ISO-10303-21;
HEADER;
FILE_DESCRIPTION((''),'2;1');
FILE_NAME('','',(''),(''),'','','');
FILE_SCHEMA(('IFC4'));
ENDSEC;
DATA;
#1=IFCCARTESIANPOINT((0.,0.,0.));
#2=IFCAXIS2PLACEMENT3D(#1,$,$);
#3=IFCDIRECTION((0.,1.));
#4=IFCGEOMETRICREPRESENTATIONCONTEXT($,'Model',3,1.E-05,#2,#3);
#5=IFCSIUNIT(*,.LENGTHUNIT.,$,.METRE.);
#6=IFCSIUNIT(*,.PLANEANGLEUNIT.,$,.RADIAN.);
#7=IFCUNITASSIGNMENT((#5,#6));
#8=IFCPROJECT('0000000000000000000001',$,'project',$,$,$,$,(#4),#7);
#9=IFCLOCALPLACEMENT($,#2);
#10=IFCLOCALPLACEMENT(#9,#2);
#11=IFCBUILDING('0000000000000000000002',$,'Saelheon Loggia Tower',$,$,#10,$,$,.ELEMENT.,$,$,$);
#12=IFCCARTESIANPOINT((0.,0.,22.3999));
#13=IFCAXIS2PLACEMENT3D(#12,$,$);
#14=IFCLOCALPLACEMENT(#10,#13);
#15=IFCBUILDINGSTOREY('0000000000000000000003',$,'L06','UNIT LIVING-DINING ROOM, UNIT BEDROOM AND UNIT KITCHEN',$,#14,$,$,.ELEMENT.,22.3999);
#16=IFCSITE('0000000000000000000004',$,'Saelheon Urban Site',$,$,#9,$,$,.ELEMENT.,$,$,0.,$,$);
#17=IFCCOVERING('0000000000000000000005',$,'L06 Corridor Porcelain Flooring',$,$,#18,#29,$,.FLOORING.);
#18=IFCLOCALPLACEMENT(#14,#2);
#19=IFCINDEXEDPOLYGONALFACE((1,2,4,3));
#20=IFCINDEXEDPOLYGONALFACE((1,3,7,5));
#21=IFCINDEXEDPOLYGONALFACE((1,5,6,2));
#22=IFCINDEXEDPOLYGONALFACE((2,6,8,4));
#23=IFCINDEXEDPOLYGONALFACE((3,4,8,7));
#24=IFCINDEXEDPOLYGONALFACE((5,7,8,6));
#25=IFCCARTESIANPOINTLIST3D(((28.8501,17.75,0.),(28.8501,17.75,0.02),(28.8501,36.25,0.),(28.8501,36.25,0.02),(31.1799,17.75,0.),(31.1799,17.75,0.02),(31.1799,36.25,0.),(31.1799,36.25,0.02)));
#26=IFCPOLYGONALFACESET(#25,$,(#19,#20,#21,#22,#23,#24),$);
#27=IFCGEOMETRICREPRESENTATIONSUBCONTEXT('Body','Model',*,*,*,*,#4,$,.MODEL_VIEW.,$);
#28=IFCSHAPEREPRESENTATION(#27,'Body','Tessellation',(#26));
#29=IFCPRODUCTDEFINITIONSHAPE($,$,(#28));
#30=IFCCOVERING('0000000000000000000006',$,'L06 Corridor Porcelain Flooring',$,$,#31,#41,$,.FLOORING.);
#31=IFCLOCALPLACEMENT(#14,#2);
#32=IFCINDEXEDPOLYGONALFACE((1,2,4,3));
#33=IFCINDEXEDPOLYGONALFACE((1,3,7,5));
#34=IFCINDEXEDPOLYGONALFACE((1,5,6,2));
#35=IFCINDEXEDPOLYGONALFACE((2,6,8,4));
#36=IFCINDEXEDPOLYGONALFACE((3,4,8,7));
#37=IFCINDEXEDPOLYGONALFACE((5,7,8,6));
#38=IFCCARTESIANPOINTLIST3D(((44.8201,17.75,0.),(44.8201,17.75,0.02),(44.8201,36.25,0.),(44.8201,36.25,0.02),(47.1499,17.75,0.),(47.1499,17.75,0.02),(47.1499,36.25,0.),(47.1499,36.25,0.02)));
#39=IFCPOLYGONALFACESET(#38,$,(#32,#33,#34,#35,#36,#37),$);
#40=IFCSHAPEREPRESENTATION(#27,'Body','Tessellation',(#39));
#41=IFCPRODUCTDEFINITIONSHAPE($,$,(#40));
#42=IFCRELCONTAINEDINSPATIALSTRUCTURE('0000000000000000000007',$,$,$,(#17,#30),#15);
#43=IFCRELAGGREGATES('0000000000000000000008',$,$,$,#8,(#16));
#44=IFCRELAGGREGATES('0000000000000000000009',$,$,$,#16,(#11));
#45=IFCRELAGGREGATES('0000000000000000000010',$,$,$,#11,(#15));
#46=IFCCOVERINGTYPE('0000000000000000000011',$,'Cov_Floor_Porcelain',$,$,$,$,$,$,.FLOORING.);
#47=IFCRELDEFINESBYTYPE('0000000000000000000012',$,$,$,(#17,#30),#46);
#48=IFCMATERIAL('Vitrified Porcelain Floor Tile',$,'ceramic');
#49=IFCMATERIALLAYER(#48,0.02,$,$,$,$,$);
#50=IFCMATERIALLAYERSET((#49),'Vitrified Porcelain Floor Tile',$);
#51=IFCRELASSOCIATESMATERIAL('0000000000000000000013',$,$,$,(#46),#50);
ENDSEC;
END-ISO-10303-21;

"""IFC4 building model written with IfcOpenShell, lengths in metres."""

from ifc_helpers import new_model, si_unit, direction, frame, origin, place, context, subcontext, project, spatial, polyline, outline, extrude, material, layer, layer_set, type_object, element, save


model = new_model("IFC4")

# Units and contexts
model_context = context("Model", 3, precision=1e-05, world=origin(), true_north=direction((0.0, 1.0)))
body_context = subcontext(model_context, "Body", "Model", "MODEL_VIEW")
ifc_project = project(units=[si_unit("LENGTHUNIT", "METRE"), si_unit("PLANEANGLEUNIT", "RADIAN")], contexts=[model_context])

# Site, building, storey
site_placement = place(None, origin())
site = spatial("IfcSite", under=ifc_project, at=site_placement, Name="Saelheon Urban Site", CompositionType="ELEMENT", RefElevation=0.0)
building_placement = place(site_placement, origin())
building = spatial("IfcBuilding", under=site, at=building_placement, Name="Saelheon Loggia Tower", CompositionType="ELEMENT")
storey_placement = place(building_placement, frame((0.0, 0.0, 22.3999)))
storey = spatial("IfcBuildingStorey", under=building, at=storey_placement, Name="L06", Description="UNIT LIVING-DINING ROOM, UNIT BEDROOM AND UNIT KITCHEN", CompositionType="ELEMENT", Elevation=22.3999)

# Coverings
ifc_material_1 = material(Name="Vitrified Porcelain Floor Tile", Category="ceramic")
ifc_layer_1 = layer(ifc_material_1, 0.02)
ifc_layer_set_1 = layer_set([ifc_layer_1], Name="Vitrified Porcelain Floor Tile")
covering_type_1 = type_object("IfcCoveringType", Name="Cov_Floor_Porcelain", PredefinedType="FLOORING", material=ifc_layer_set_1)
covering_1_placement = place(storey_placement, origin())
element("IfcCovering", 1, at=covering_1_placement, inside=storey, type_object=covering_type_1, Name="L06 Corridor Porcelain Flooring", PredefinedType="FLOORING", context=body_context, shape_type="SweptSolid", body=[
    extrude(outline(polyline([(28.8501, 17.75), (31.1799, 17.75), (31.1799, 36.25), (28.8501, 36.25), (28.8501, 17.75)])), origin(), (0.0, 0.0, 1.0), 0.02),
])
covering_2_placement = place(storey_placement, origin())
element("IfcCovering", 2, at=covering_2_placement, inside=storey, type_object=covering_type_1, Name="L06 Corridor Porcelain Flooring", PredefinedType="FLOORING", context=body_context, shape_type="SweptSolid", body=[
    extrude(outline(polyline([(44.8201, 17.75), (47.1499, 17.75), (47.1499, 36.25), (44.8201, 36.25), (44.8201, 17.75)])), origin(), (0.0, 0.0, 1.0), 0.02),
])

save(model, "model.ifc")
